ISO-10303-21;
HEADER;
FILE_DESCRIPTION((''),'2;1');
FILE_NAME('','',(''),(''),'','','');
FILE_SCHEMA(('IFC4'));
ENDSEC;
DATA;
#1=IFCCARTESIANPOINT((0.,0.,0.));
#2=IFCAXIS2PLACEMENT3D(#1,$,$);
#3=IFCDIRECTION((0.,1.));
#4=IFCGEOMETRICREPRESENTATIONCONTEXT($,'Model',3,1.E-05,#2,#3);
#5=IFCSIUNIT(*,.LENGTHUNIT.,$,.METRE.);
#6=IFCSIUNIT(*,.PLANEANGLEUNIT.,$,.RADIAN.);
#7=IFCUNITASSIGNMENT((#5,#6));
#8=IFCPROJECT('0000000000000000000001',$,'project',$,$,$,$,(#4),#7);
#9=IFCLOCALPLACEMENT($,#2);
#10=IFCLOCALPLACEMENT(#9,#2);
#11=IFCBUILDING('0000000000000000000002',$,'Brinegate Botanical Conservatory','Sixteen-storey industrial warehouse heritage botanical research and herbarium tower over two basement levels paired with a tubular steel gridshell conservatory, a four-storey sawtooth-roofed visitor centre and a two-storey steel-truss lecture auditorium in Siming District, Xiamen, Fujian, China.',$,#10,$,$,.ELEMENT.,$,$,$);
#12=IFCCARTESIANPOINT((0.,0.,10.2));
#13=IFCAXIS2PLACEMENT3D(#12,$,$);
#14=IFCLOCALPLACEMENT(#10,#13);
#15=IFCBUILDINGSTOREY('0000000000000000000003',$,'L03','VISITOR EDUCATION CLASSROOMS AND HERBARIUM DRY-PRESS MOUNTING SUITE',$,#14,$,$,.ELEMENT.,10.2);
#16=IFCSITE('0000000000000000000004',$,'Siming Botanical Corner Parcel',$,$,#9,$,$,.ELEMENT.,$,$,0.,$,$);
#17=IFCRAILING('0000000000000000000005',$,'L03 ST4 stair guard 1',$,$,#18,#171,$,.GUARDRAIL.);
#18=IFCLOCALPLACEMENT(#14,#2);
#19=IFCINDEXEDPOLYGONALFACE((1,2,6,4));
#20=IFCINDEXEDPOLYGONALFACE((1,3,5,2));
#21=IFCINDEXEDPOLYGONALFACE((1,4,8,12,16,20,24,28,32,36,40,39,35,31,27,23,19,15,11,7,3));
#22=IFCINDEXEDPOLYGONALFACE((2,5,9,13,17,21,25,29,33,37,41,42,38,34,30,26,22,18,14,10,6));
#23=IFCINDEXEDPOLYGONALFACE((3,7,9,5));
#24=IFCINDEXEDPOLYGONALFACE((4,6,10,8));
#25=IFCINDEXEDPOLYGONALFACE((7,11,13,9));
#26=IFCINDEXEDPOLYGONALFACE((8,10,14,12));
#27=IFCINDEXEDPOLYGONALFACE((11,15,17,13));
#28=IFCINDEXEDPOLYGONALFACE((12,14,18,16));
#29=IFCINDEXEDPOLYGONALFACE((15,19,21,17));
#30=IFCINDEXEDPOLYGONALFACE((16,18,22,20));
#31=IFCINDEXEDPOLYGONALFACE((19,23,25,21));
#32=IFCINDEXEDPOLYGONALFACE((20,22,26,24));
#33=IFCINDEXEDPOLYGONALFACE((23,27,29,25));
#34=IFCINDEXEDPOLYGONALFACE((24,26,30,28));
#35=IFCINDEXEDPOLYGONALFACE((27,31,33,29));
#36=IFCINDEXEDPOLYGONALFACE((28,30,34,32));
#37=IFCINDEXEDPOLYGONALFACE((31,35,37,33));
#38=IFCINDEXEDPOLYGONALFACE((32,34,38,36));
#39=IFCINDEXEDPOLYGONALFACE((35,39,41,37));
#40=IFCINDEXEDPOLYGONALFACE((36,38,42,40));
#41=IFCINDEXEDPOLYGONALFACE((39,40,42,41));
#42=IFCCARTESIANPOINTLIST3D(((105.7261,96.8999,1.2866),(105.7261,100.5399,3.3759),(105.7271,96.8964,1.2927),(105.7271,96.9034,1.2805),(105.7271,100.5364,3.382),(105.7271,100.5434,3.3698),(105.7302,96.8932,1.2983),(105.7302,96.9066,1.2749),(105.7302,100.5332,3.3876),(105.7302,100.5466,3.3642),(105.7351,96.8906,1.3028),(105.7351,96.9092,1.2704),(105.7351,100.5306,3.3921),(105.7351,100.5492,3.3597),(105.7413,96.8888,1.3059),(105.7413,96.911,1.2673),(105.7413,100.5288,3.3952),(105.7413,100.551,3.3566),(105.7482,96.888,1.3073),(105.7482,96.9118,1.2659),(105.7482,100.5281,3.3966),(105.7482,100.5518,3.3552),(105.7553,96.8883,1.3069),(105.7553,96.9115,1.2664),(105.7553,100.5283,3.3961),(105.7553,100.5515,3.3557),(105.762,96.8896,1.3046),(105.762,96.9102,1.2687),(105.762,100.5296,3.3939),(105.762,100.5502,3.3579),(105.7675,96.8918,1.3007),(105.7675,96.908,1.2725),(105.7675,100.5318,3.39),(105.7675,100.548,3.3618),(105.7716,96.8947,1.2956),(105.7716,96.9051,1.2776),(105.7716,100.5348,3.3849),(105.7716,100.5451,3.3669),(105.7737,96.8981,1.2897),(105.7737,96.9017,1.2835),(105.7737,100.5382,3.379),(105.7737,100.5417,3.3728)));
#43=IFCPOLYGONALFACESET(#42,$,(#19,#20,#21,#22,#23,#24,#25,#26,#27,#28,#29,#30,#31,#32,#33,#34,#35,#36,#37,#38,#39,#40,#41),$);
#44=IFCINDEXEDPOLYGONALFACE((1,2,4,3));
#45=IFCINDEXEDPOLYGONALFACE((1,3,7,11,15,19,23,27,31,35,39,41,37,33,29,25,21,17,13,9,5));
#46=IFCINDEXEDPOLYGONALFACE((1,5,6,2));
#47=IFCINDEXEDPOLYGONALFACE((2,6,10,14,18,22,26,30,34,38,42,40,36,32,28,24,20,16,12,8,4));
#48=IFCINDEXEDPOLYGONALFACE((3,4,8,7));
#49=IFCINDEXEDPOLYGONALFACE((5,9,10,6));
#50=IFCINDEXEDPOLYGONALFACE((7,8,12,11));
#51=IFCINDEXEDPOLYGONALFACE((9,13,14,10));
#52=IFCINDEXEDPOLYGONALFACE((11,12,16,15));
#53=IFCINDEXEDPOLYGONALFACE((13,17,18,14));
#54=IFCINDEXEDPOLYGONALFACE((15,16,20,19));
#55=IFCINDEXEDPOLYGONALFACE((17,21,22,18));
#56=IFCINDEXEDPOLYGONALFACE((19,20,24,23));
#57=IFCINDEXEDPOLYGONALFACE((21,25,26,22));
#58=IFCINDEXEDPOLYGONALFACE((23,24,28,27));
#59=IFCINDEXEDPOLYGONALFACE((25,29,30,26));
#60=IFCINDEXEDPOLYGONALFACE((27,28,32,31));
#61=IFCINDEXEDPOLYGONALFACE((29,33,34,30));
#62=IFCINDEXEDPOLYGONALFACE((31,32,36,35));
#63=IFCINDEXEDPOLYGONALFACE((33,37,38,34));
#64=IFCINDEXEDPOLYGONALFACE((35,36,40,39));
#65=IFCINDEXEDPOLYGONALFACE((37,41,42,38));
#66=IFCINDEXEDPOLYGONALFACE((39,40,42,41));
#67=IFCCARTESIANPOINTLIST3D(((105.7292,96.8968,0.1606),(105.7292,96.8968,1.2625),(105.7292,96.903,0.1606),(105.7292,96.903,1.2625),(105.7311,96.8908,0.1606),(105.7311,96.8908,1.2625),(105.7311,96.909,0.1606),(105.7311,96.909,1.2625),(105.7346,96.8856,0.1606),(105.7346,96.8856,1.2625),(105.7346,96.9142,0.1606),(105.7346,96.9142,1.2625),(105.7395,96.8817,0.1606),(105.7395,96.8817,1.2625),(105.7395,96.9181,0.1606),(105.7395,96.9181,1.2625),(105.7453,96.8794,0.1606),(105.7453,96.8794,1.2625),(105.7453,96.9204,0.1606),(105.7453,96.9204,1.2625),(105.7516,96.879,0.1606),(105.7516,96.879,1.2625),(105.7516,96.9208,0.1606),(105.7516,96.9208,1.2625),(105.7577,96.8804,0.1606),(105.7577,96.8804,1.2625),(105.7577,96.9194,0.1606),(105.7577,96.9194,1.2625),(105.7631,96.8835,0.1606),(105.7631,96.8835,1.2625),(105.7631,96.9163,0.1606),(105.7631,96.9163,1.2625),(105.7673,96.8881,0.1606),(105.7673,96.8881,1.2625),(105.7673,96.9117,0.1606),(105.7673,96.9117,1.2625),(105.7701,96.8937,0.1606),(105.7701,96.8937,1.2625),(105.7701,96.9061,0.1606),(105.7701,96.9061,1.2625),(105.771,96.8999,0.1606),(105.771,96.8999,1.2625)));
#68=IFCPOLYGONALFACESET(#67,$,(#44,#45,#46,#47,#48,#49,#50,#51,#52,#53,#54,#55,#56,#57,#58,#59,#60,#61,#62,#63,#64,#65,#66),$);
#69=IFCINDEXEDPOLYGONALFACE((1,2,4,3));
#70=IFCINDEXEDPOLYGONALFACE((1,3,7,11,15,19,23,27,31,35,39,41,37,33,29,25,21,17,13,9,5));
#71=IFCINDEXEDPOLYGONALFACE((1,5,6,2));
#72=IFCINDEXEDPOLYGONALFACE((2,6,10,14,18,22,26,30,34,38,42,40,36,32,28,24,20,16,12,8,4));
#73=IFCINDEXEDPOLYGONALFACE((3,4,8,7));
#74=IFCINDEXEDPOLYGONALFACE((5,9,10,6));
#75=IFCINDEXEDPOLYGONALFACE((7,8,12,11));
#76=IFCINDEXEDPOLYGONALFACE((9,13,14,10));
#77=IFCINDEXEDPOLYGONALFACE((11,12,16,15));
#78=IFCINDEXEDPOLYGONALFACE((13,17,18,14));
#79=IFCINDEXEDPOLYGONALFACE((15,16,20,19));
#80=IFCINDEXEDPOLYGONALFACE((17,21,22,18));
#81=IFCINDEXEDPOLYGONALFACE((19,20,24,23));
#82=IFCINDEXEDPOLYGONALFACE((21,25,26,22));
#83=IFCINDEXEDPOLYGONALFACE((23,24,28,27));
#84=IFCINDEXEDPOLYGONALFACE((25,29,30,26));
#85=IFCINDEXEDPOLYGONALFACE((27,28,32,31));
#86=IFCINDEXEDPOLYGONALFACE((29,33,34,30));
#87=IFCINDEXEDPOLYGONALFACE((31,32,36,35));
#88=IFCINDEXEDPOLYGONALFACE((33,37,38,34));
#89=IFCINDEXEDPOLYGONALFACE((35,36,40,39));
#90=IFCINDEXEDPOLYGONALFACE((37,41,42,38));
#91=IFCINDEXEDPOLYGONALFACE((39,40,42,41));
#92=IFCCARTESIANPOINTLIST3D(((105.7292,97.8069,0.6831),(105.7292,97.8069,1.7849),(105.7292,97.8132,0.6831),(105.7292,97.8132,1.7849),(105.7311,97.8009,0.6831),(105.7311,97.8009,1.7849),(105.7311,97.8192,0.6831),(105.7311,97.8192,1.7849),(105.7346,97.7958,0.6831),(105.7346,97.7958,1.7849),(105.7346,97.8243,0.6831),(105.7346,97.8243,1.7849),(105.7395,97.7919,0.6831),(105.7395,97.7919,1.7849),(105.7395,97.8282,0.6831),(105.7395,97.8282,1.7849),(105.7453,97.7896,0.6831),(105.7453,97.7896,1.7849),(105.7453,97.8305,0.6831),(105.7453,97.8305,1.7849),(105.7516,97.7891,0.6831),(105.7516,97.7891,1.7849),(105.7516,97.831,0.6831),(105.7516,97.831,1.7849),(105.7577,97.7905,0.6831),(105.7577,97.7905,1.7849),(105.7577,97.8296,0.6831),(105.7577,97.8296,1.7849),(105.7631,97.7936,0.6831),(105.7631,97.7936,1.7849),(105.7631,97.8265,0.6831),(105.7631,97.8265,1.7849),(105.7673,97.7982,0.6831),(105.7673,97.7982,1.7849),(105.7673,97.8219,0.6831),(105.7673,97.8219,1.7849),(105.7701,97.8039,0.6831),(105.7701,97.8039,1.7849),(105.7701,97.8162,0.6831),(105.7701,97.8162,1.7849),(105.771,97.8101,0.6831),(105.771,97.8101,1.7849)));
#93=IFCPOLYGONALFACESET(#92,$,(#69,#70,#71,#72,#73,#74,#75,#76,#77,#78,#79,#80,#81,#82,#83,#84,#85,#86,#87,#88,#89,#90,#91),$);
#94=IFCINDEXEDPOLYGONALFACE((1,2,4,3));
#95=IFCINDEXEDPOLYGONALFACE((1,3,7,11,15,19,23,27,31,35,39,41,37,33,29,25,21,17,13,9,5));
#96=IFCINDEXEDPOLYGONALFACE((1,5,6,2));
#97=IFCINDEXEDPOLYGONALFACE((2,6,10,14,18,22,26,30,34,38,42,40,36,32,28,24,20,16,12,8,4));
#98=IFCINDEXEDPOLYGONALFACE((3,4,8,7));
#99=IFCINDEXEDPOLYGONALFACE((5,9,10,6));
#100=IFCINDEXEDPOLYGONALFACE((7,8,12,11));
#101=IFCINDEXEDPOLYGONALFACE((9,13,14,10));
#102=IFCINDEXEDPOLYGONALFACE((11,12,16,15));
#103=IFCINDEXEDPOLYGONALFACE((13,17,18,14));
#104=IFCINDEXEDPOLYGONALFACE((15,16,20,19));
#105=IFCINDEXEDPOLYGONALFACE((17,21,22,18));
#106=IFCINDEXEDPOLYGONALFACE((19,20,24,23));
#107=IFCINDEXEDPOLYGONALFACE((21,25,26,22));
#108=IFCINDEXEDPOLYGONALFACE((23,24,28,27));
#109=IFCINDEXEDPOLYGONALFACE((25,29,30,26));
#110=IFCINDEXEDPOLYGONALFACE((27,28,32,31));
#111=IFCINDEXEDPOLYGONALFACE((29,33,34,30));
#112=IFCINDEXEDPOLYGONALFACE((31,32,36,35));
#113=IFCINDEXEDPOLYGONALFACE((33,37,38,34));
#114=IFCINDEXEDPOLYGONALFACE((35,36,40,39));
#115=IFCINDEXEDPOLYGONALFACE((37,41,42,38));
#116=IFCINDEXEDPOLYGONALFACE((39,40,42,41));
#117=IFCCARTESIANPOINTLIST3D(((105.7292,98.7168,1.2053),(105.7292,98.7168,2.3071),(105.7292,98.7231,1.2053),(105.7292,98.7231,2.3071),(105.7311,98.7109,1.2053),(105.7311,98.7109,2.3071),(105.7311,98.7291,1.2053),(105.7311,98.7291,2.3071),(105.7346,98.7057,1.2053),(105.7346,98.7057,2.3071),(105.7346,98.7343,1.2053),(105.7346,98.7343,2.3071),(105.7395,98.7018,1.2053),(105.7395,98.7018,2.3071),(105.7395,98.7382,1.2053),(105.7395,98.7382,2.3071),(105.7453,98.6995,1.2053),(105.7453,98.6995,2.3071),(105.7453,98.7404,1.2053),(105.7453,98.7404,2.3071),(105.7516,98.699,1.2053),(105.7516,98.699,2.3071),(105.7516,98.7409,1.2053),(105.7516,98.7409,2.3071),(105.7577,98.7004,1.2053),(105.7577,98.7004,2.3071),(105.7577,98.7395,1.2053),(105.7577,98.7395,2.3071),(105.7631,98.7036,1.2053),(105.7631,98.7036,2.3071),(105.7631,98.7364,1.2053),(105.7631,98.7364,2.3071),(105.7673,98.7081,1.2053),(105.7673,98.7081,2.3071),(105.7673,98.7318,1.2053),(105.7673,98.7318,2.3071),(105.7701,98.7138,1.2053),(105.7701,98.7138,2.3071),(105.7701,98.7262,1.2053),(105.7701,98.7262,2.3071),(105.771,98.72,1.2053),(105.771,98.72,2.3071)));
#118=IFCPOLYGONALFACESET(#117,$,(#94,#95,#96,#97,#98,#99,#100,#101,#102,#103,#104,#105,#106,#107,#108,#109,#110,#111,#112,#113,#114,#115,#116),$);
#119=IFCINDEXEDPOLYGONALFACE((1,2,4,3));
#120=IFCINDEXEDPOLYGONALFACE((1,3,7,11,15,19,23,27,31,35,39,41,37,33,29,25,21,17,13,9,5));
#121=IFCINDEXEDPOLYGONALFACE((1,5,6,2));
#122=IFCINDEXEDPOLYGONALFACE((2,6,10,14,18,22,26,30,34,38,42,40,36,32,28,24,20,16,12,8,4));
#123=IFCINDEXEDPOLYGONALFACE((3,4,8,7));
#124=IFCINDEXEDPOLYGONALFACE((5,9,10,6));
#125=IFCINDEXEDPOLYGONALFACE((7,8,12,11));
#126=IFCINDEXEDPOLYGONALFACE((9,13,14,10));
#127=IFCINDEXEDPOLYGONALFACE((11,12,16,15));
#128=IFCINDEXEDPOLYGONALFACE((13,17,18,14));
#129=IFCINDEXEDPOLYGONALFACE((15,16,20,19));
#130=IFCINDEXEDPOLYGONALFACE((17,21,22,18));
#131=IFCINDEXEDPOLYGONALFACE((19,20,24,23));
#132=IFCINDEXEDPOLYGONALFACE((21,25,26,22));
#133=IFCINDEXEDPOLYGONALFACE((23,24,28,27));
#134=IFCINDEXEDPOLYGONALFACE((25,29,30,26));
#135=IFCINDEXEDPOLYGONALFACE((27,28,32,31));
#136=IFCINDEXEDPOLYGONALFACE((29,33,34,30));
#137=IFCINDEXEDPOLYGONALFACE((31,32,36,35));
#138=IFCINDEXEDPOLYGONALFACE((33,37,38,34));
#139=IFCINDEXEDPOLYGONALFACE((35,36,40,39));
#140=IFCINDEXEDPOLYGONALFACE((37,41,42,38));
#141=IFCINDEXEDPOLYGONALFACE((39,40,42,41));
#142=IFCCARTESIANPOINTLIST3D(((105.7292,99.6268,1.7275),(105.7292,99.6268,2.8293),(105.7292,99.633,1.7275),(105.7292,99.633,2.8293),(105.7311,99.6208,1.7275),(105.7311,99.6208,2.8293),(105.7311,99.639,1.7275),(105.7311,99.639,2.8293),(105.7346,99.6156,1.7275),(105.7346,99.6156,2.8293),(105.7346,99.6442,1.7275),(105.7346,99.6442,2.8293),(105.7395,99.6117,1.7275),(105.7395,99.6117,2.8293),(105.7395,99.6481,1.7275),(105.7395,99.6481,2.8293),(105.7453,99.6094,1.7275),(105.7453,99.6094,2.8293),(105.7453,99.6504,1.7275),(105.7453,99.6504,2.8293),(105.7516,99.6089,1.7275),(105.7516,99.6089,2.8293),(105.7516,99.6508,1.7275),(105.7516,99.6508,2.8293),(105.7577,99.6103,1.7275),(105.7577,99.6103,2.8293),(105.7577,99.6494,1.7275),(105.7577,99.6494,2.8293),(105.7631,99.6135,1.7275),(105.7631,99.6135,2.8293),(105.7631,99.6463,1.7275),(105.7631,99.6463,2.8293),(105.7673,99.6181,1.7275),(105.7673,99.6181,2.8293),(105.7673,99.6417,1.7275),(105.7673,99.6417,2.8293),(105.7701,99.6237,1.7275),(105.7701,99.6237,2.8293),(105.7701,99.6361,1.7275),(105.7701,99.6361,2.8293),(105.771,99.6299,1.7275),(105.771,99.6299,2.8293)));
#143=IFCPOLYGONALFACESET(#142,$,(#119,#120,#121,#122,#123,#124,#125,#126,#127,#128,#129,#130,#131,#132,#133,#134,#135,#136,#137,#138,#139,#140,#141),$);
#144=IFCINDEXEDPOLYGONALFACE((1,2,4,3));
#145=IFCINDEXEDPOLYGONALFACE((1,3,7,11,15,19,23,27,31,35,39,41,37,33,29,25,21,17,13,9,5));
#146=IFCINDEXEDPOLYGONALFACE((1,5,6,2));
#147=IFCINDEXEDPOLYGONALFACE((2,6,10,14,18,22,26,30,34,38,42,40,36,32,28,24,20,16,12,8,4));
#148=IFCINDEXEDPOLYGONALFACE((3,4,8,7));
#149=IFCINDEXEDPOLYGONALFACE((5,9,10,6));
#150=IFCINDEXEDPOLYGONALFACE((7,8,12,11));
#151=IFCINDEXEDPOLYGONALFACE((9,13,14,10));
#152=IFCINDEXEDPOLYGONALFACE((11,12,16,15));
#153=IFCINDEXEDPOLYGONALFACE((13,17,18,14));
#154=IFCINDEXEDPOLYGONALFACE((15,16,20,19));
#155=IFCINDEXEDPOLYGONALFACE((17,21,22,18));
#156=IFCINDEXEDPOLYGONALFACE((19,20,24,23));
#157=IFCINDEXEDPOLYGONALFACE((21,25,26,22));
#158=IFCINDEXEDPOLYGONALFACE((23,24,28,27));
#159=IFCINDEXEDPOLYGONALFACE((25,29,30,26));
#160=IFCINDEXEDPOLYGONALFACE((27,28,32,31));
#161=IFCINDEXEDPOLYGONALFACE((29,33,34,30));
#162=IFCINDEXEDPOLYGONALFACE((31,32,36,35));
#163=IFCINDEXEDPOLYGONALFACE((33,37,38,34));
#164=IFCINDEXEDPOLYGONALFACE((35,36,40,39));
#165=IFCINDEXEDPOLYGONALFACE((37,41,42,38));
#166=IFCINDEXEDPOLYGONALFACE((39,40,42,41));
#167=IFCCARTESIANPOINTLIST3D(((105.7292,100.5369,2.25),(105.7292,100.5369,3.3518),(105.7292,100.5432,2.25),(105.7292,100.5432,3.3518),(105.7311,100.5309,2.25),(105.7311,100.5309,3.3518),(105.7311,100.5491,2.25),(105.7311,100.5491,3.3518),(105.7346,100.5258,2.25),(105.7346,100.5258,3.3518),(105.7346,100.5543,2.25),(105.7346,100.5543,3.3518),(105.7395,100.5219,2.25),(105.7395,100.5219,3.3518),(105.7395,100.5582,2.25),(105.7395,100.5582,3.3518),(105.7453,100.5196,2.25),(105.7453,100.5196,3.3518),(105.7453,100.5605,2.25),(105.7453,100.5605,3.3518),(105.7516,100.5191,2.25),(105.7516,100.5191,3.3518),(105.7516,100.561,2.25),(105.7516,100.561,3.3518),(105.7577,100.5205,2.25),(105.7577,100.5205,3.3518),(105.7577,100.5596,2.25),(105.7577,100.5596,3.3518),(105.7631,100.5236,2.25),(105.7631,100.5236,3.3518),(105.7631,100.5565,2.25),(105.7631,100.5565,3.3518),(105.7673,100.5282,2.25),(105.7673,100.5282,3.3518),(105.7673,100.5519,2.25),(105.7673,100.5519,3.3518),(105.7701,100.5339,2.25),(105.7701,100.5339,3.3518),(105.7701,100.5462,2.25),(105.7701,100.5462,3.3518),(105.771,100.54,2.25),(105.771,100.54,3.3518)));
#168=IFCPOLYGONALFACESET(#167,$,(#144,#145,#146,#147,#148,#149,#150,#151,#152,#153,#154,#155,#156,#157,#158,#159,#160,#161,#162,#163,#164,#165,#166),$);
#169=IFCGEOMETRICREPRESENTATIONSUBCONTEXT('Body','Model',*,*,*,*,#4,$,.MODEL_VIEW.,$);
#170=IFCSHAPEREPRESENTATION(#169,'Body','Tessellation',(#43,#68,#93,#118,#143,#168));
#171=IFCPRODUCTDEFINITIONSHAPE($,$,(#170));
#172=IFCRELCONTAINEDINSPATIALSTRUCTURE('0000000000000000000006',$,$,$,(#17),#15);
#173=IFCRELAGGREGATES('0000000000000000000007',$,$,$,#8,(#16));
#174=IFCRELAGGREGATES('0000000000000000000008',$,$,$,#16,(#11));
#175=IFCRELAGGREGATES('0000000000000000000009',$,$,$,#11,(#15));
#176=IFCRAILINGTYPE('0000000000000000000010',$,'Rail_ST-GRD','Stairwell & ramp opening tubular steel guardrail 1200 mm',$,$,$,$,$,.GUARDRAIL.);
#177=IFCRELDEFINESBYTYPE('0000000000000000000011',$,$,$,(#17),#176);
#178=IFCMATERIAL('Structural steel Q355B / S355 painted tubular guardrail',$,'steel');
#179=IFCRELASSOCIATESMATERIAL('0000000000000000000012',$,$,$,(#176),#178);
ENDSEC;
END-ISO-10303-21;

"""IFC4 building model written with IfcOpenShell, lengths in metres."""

from ifc_helpers import new_model, si_unit, direction, frame, origin, origin_2d, place, context, subcontext, project, spatial, circle, extrude, material, type_object, element, save


model = new_model("IFC4")

# Units and contexts
model_context = context("Model", 3, precision=1e-05, world=origin(), true_north=direction((0.0, 1.0)))
body_context = subcontext(model_context, "Body", "Model", "MODEL_VIEW")
ifc_project = project(units=[si_unit("LENGTHUNIT", "METRE"), si_unit("PLANEANGLEUNIT", "RADIAN")], contexts=[model_context])

# Site, building, storey
site_placement = place(None, origin())
site = spatial("IfcSite", under=ifc_project, at=site_placement, Name="Siming Botanical Corner Parcel", CompositionType="ELEMENT", RefElevation=0.0)
building_placement = place(site_placement, origin())
building = spatial("IfcBuilding", under=site, at=building_placement, Name="Brinegate Botanical Conservatory", Description="Sixteen-storey industrial warehouse heritage botanical research and herbarium tower over two basement levels paired with a tubular steel gridshell conservatory, a four-storey sawtooth-roofed visitor centre and a two-storey steel-truss lecture auditorium in Siming District, Xiamen, Fujian, China.", CompositionType="ELEMENT")
storey_placement = place(building_placement, frame((0.0, 0.0, 10.2)))
storey = spatial("IfcBuildingStorey", under=building, at=storey_placement, Name="L03", Description="VISITOR EDUCATION CLASSROOMS AND HERBARIUM DRY-PRESS MOUNTING SUITE", CompositionType="ELEMENT", Elevation=10.2)

# Railing
ifc_material_1 = material(Name="Structural steel Q355B / S355 painted tubular guardrail", Category="steel")
railing_type_1 = type_object("IfcRailingType", Name="Rail_ST-GRD", Description="Stairwell & ramp opening tubular steel guardrail 1200 mm", PredefinedType="GUARDRAIL", material=ifc_material_1)
railing_1_placement = place(storey_placement, frame((105.75, 96.8999, 0.1606)))
element("IfcRailing", 1, at=railing_1_placement, inside=storey, type_object=railing_type_1, Name="L03 ST4 stair guard 1", PredefinedType="GUARDRAIL", context=body_context, shape_type="SweptSolid", body=[
    extrude(circle(Radius=0.0239, at=origin_2d()), frame((0.0, 0.0, 1.126), z_axis=(0.0, 0.867289, 0.497804), x_axis=(-1.0, 0.0, 0.0)), (0.0, 0.0, 1.0), 4.197),
    extrude(circle(Radius=0.021, at=origin_2d()), origin(), (0.0, 0.0, 1.0), 1.1018),
    extrude(circle(Radius=0.021, at=origin_2d()), frame((0.0, 0.9102, 0.5225)), (0.0, 0.0, 1.0), 1.1018),
    extrude(circle(Radius=0.021, at=origin_2d()), frame((0.0, 1.8201, 1.0447)), (0.0, 0.0, 1.0), 1.1018),
    extrude(circle(Radius=0.021, at=origin_2d()), frame((0.0, 2.73, 1.5669)), (0.0, 0.0, 1.0), 1.1018),
    extrude(circle(Radius=0.021, at=origin_2d()), frame((0.0, 3.6401, 2.0894)), (0.0, 0.0, 1.0), 1.1018),
])

save(model, "model.ifc")
